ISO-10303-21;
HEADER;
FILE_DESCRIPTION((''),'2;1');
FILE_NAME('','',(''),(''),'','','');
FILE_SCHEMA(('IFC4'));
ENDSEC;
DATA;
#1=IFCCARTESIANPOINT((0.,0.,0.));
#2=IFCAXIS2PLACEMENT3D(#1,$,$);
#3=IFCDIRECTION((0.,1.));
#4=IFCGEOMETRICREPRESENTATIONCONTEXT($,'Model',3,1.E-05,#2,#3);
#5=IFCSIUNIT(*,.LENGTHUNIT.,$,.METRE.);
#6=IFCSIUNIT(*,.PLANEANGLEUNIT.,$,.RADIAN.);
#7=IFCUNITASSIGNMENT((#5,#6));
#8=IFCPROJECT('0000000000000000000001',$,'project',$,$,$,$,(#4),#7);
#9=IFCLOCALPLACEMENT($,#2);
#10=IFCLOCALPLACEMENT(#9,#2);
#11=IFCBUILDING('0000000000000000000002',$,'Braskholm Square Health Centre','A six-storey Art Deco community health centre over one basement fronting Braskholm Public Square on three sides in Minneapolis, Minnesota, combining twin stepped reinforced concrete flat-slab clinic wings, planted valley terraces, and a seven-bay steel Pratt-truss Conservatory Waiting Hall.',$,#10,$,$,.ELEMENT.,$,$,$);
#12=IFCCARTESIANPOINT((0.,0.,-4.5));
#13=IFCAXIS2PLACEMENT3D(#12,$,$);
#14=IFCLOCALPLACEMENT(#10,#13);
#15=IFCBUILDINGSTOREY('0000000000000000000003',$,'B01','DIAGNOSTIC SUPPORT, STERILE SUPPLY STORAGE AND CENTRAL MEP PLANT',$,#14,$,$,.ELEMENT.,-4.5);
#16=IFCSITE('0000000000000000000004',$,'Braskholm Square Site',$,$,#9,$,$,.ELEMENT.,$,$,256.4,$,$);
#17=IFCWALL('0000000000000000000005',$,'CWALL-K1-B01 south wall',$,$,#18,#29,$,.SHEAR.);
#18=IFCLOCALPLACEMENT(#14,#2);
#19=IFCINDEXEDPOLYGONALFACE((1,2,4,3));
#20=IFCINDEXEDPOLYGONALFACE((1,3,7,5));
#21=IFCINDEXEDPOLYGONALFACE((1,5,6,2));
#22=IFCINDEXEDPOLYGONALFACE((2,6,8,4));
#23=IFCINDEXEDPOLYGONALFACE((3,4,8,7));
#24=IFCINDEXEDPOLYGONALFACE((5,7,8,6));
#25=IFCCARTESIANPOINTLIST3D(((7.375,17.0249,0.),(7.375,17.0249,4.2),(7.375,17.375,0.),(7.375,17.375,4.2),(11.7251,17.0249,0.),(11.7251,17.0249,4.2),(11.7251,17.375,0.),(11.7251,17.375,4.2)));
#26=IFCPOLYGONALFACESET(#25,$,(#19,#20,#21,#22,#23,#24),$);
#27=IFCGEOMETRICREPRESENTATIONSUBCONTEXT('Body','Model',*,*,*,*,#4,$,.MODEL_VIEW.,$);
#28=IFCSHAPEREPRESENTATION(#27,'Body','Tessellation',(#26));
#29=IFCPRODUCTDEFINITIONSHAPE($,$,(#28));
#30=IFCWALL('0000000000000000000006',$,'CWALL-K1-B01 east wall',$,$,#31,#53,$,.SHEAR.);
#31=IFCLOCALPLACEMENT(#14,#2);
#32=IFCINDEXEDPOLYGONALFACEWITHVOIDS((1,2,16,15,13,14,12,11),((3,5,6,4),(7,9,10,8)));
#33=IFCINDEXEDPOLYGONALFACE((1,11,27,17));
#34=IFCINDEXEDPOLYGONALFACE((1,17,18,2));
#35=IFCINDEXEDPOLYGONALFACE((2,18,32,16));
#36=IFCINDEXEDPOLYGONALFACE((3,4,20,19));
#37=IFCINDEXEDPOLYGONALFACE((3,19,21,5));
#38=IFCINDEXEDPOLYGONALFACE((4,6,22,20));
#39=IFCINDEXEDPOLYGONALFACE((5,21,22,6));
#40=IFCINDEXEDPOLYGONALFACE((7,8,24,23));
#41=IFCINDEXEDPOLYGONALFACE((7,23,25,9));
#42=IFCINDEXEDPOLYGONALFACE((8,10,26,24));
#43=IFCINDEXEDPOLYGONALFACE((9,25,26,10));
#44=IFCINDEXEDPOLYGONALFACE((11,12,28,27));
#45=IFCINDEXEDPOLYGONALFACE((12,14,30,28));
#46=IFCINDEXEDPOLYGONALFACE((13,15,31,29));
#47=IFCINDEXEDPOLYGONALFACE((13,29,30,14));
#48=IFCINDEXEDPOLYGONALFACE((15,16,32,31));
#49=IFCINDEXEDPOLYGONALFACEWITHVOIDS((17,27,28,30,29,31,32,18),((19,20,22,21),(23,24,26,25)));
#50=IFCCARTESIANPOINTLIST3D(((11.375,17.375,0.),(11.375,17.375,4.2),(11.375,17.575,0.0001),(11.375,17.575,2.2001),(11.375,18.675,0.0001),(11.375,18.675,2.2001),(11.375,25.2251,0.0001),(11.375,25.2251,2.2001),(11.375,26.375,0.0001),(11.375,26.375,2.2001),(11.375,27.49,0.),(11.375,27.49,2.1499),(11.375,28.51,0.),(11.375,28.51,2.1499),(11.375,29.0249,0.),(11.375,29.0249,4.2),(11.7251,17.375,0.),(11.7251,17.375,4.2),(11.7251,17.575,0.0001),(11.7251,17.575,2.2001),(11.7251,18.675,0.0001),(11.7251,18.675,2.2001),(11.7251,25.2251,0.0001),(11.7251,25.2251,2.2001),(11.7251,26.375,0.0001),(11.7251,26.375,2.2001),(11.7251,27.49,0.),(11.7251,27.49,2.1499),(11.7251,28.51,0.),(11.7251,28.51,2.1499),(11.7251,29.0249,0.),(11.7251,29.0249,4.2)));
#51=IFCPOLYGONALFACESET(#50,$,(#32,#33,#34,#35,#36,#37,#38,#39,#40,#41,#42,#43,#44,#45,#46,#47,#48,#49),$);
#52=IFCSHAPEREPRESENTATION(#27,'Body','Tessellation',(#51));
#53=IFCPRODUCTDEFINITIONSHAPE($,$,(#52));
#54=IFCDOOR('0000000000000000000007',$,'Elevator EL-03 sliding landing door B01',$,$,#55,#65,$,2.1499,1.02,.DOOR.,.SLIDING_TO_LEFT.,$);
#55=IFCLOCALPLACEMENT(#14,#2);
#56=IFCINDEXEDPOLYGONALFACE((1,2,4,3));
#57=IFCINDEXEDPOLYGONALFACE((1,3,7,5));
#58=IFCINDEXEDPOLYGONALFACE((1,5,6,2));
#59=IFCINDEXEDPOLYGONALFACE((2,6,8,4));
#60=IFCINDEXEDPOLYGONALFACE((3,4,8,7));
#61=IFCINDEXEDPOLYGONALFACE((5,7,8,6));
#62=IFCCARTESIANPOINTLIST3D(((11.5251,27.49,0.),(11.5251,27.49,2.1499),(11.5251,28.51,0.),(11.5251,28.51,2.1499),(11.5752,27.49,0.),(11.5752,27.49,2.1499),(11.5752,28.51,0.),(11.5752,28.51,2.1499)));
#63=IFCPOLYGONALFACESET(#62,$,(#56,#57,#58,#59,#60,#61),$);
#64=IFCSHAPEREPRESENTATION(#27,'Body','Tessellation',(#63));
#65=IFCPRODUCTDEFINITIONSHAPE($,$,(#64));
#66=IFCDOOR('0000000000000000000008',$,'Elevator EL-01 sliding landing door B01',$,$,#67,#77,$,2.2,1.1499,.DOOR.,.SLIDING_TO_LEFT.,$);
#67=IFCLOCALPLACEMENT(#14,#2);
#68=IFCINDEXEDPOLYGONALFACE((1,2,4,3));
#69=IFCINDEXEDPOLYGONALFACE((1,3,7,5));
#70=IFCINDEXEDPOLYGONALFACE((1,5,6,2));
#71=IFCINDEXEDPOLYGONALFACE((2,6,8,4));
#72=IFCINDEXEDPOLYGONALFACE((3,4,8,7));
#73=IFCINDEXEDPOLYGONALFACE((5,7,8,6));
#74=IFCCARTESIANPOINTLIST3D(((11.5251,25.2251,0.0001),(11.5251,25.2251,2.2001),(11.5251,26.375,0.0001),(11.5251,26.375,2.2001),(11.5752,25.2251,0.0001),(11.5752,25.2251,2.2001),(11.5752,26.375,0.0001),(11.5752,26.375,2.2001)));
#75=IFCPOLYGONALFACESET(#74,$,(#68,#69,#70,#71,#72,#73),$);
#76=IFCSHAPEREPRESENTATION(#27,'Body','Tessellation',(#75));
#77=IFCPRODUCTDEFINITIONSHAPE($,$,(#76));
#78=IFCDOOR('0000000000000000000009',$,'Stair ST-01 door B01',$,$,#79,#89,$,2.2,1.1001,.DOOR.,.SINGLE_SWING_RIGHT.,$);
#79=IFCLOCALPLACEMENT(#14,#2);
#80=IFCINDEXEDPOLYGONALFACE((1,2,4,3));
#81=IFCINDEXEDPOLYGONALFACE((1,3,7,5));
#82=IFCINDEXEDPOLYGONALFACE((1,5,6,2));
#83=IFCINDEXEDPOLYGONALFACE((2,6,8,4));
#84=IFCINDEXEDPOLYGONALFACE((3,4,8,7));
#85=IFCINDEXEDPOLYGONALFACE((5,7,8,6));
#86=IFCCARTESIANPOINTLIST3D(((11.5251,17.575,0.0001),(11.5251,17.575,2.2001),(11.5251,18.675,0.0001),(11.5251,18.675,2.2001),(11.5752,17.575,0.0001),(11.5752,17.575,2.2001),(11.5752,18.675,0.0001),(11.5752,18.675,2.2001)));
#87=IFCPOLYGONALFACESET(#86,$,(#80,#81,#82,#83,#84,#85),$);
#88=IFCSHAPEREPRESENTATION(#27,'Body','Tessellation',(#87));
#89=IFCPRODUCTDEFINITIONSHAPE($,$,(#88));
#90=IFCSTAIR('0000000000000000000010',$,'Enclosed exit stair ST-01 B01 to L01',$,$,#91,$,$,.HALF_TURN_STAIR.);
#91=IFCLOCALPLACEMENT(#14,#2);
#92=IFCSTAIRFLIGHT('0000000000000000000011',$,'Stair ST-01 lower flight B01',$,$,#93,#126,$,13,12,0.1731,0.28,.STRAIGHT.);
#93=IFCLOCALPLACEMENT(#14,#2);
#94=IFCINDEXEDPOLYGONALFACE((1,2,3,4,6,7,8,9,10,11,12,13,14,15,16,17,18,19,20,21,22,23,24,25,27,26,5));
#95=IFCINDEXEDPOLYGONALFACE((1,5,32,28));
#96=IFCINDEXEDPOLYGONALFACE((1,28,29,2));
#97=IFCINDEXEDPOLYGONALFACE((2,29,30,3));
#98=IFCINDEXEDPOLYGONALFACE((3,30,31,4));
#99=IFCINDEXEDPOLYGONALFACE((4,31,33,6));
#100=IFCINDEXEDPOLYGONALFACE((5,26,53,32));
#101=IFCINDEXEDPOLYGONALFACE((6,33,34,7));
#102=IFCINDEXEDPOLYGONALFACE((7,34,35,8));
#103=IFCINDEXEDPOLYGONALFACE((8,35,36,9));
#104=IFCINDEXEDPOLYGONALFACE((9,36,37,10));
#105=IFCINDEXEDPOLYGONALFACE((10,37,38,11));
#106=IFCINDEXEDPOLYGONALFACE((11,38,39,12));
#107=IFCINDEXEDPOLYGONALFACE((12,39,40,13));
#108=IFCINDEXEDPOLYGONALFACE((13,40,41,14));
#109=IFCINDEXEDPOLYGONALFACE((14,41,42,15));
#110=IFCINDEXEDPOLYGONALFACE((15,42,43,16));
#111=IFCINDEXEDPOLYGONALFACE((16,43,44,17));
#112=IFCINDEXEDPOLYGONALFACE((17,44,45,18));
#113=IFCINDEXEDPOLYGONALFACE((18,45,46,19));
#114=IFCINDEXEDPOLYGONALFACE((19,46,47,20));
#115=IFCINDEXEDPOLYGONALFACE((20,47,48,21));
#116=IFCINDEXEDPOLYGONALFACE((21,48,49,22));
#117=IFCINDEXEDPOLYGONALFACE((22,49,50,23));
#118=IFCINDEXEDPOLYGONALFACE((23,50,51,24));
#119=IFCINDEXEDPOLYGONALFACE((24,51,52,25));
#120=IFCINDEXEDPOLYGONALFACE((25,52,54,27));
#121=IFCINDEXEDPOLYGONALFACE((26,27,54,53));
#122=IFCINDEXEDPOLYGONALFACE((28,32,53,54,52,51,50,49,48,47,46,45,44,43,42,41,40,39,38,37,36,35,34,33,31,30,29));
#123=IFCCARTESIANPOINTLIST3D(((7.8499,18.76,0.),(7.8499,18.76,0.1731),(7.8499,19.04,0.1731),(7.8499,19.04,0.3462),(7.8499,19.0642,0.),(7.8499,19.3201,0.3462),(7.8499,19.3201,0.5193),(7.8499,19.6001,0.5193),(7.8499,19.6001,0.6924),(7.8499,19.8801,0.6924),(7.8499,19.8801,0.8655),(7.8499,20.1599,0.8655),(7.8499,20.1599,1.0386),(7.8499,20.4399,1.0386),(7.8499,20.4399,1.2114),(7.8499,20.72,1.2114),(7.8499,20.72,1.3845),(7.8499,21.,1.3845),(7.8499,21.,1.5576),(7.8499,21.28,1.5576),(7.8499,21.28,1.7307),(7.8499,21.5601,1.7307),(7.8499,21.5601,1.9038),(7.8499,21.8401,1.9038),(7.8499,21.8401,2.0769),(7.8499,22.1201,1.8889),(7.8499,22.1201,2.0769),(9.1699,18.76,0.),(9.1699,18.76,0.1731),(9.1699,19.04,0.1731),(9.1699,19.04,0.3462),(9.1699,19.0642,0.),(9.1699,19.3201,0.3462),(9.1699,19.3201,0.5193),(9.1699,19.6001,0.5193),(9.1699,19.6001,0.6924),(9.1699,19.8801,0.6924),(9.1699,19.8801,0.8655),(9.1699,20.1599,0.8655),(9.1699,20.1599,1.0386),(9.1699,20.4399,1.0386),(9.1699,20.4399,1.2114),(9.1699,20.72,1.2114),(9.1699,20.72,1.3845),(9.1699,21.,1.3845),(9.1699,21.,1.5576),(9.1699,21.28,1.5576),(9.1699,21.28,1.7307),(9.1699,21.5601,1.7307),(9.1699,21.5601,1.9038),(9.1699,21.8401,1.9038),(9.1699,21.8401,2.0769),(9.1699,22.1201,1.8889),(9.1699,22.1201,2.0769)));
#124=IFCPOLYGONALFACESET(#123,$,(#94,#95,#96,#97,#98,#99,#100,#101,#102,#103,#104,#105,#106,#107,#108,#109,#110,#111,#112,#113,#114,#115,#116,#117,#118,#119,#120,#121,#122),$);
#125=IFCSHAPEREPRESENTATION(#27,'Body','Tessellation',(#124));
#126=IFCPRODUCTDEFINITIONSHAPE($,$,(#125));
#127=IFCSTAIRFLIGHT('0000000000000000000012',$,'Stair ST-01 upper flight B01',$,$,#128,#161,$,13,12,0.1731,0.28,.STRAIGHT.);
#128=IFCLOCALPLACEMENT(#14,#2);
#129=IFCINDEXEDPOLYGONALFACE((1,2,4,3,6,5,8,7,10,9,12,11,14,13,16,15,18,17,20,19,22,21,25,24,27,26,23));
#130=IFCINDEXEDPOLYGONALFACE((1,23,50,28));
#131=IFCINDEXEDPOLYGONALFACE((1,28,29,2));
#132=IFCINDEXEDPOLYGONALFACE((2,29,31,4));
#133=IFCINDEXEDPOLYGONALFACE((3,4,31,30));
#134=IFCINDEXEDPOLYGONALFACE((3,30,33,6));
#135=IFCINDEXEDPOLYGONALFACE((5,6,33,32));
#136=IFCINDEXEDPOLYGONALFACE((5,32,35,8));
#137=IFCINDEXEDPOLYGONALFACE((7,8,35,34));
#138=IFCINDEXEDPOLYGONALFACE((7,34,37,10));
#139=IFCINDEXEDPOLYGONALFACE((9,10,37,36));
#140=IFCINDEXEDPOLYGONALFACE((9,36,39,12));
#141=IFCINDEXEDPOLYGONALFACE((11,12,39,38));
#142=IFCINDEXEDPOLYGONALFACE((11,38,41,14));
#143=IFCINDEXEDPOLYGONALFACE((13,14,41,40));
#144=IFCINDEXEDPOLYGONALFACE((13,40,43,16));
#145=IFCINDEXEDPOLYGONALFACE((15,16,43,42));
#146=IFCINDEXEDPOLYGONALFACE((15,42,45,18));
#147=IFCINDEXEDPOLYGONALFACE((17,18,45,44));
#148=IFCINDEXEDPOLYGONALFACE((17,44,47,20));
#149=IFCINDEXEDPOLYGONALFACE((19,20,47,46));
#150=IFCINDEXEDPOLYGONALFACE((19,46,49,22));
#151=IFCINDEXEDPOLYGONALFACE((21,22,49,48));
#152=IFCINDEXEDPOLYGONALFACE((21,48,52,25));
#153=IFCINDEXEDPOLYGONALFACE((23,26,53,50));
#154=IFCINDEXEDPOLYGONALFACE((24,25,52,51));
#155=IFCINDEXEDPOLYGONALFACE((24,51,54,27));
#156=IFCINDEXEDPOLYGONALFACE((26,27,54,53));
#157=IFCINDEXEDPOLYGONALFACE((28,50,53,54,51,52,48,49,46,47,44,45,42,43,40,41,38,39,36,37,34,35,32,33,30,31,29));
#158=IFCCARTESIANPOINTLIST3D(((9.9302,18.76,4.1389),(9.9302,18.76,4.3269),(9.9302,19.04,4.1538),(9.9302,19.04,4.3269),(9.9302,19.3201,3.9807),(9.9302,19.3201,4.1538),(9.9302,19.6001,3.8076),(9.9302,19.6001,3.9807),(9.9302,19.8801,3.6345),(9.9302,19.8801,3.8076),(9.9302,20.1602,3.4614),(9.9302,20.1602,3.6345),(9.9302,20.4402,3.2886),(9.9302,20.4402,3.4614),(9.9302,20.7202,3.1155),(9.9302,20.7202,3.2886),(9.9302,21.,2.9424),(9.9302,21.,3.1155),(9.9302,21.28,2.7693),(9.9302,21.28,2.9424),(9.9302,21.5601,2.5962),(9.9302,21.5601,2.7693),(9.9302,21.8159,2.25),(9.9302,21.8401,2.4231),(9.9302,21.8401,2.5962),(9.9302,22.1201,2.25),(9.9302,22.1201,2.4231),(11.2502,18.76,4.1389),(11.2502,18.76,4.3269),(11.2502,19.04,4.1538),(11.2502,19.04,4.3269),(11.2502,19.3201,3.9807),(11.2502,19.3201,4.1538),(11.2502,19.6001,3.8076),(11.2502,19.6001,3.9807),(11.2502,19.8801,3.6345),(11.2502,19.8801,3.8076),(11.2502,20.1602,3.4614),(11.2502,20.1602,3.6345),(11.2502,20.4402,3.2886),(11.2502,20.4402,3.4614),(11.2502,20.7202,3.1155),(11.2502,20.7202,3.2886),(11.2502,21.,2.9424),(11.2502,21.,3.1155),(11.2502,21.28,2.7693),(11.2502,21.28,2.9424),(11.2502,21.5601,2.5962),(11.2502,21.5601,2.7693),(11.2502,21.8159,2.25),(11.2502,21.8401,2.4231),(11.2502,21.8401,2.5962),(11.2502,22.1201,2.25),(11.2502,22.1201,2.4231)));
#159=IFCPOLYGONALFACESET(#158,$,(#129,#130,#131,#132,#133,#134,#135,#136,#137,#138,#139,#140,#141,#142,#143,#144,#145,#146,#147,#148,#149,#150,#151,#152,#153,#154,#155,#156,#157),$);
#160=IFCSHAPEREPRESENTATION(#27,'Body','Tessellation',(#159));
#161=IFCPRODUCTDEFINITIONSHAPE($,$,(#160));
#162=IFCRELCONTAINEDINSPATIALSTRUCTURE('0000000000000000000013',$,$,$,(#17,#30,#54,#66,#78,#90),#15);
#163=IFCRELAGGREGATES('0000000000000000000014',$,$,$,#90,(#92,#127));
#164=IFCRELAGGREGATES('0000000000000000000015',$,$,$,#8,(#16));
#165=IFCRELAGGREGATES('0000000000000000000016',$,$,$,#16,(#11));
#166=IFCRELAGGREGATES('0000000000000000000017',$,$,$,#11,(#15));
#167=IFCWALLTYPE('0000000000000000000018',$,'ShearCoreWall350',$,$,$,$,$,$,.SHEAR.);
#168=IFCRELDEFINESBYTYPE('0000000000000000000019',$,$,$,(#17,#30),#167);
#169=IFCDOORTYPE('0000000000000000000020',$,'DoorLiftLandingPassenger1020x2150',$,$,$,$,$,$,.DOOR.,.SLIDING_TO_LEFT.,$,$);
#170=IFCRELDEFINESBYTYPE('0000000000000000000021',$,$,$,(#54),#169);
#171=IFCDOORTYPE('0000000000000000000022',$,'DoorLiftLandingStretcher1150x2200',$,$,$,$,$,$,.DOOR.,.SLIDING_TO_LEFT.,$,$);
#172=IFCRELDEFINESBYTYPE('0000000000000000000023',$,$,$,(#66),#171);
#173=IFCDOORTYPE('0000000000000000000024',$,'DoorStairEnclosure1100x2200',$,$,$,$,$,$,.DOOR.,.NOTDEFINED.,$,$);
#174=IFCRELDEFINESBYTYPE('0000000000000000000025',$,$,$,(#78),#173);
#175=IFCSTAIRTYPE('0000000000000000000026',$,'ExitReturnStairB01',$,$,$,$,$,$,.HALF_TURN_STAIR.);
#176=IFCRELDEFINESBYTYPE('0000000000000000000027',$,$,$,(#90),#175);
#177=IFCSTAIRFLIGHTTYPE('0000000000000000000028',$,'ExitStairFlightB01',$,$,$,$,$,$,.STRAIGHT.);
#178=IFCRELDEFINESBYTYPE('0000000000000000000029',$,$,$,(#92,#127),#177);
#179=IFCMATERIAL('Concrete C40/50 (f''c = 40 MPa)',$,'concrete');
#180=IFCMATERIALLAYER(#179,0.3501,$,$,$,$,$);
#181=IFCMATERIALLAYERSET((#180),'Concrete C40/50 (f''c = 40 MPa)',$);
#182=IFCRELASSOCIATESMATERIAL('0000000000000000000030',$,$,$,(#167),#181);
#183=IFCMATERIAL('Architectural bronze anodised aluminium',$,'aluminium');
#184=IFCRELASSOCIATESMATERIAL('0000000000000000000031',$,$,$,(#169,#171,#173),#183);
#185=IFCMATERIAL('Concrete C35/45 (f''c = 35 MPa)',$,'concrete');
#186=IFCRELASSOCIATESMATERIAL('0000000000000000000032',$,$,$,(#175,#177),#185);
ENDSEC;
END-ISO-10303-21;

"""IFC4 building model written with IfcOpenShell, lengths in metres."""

from ifc_helpers import new_model, si_unit, direction, frame, frame_2d, origin, origin_with_axes, place, context, subcontext, project, spatial, polyline, rectangle, outline, extrude, material, layer, layer_set, type_object, element, fill, aggregate, save


model = new_model("IFC4")

# Units and contexts
model_context = context("Model", 3, precision=1e-05, world=origin(), true_north=direction((0.0, 1.0)))
body_context = subcontext(model_context, "Body", "Model", "MODEL_VIEW")
ifc_project = project(units=[si_unit("LENGTHUNIT", "METRE"), si_unit("PLANEANGLEUNIT", "RADIAN")], contexts=[model_context])

# Site, building, storey
site_placement = place(None, origin())
site = spatial("IfcSite", under=ifc_project, at=site_placement, Name="Braskholm Square Site", CompositionType="ELEMENT", RefElevation=256.4)
building_placement = place(site_placement, origin())
building = spatial("IfcBuilding", under=site, at=building_placement, Name="Braskholm Square Health Centre", Description="A six-storey Art Deco community health centre over one basement fronting Braskholm Public Square on three sides in Minneapolis, Minnesota, combining twin stepped reinforced concrete flat-slab clinic wings, planted valley terraces, and a seven-bay steel Pratt-truss Conservatory Waiting Hall.", CompositionType="ELEMENT")
storey_placement = place(building_placement, frame((0.0, 0.0, -4.5)))
storey = spatial("IfcBuildingStorey", under=building, at=storey_placement, Name="B01", Description="DIAGNOSTIC SUPPORT, STERILE SUPPLY STORAGE AND CENTRAL MEP PLANT", CompositionType="ELEMENT", Elevation=-4.5)

# Shared definitions
ifc_material_1 = material(Name="Concrete C40/50 (f'c = 40 MPa)", Category="concrete")

# Wall
ifc_layer_1 = layer(ifc_material_1, 0.3501)
ifc_layer_set_1 = layer_set([ifc_layer_1], Name="Concrete C40/50 (f'c = 40 MPa)")
wall_type_1 = type_object("IfcWallType", Name="ShearCoreWall350", PredefinedType="SHEAR", material=ifc_layer_set_1)
wall_1_placement = place(storey_placement, frame((7.375, 17.2, 0.0), z_axis=(0.0, 0.0, 1.0), x_axis=(1.0, 0.0, 0.0)))
element("IfcWall", 1, at=wall_1_placement, inside=storey, type_object=wall_type_1, Name="CWALL-K1-B01 south wall", PredefinedType="SHEAR", context=body_context, shape_type="SweptSolid", body=[
    extrude(rectangle(XDim=4.3501, YDim=0.3501, at=frame_2d((2.175, 0.0))), origin(), (0.0, 0.0, 1.0), 4.2),
])

# Wall, openings, doors
wall_2_placement = place(storey_placement, frame((11.55, 17.375, 0.0), z_axis=(0.0, 0.0, 1.0), x_axis=(0.0, 1.0, 0.0)))
wall_2 = element("IfcWall", 2, at=wall_2_placement, inside=storey, type_object=wall_type_1, Name="CWALL-K1-B01 east wall", PredefinedType="SHEAR", context=body_context, shape_type="SweptSolid", body=[
    extrude(rectangle(XDim=11.6499, YDim=0.3501, at=frame_2d((5.825, 0.0))), origin(), (0.0, 0.0, 1.0), 4.2),
])
opening_1_placement = place(wall_2_placement, frame((0.2, 0.0, 0.0)))
opening_1 = element("IfcOpeningElement", 3, at=opening_1_placement, cuts=wall_2, PredefinedType="OPENING", context=body_context, shape_type="SweptSolid", body=[
    extrude(rectangle(XDim=1.1001, YDim=2.2, at=frame_2d((0.55, 1.1001))), frame((0.0, 0.1851, 0.0), z_axis=(0.0, -1.0, 0.0), x_axis=(1.0, 0.0, 0.0)), (0.0, 0.0, 1.0), 0.3701),
])
opening_2_placement = place(wall_2_placement, frame((7.8501, 0.0, 0.0)))
opening_2 = element("IfcOpeningElement", 4, at=opening_2_placement, cuts=wall_2, PredefinedType="OPENING", context=body_context, shape_type="SweptSolid", body=[
    extrude(rectangle(XDim=1.1499, YDim=2.2, at=frame_2d((0.575, 1.1001))), frame((0.0, 0.1851, 0.0), z_axis=(0.0, -1.0, 0.0), x_axis=(1.0, 0.0, 0.0)), (0.0, 0.0, 1.0), 0.3701),
])
opening_3_placement = place(wall_2_placement, frame((10.115, 0.0, 0.0)))
opening_3 = element("IfcOpeningElement", 5, at=opening_3_placement, cuts=wall_2, PredefinedType="OPENING", context=body_context, shape_type="SweptSolid", body=[
    extrude(rectangle(XDim=1.02, YDim=2.1499, at=frame_2d((0.51, 1.075))), frame((0.0, 0.1851, 0.0), z_axis=(0.0, -1.0, 0.0), x_axis=(1.0, 0.0, 0.0)), (0.0, 0.0, 1.0), 0.3701),
])
ifc_material_2 = material(Name="Architectural bronze anodised aluminium", Category="aluminium")
door_type_1 = type_object("IfcDoorType", Name="DoorLiftLandingPassenger1020x2150", OperationType="SLIDING_TO_LEFT", PredefinedType="DOOR", material=ifc_material_2)
door_1_placement = place(opening_3_placement, origin_with_axes())
door_1 = element("IfcDoor", 6, at=door_1_placement, inside=storey, type_object=door_type_1, Name="Elevator EL-03 sliding landing door B01", OperationType="SLIDING_TO_LEFT", OverallHeight=2.1499, OverallWidth=1.02, PredefinedType="DOOR", context=body_context, shape_type="SweptSolid", body=[
    extrude(rectangle(XDim=1.02, YDim=2.1499, at=frame_2d((0.51, 1.075))), frame((0.0, 0.0249, 0.0), z_axis=(0.0, -1.0, 0.0), x_axis=(1.0, 0.0, 0.0)), (0.0, 0.0, 1.0), 0.05),
])
fill(opening_3, door_1)
door_type_2 = type_object("IfcDoorType", Name="DoorLiftLandingStretcher1150x2200", OperationType="SLIDING_TO_LEFT", PredefinedType="DOOR", material=ifc_material_2)
door_2_placement = place(opening_2_placement, origin_with_axes())
door_2 = element("IfcDoor", 7, at=door_2_placement, inside=storey, type_object=door_type_2, Name="Elevator EL-01 sliding landing door B01", OperationType="SLIDING_TO_LEFT", OverallHeight=2.2, OverallWidth=1.1499, PredefinedType="DOOR", context=body_context, shape_type="SweptSolid", body=[
    extrude(rectangle(XDim=1.1499, YDim=2.2, at=frame_2d((0.575, 1.1001))), frame((0.0, 0.0249, 0.0), z_axis=(0.0, -1.0, 0.0), x_axis=(1.0, 0.0, 0.0)), (0.0, 0.0, 1.0), 0.05),
])
fill(opening_2, door_2)
door_type_3 = type_object("IfcDoorType", Name="DoorStairEnclosure1100x2200", OperationType="NOTDEFINED", PredefinedType="DOOR", material=ifc_material_2)
door_3_placement = place(opening_1_placement, origin_with_axes())
door_3 = element("IfcDoor", 8, at=door_3_placement, inside=storey, type_object=door_type_3, Name="Stair ST-01 door B01", OperationType="SINGLE_SWING_RIGHT", OverallHeight=2.2, OverallWidth=1.1001, PredefinedType="DOOR", context=body_context, shape_type="SweptSolid", body=[
    extrude(rectangle(XDim=1.1001, YDim=2.2, at=frame_2d((0.55, 1.1001))), frame((0.0, 0.0249, 0.0), z_axis=(0.0, -1.0, 0.0), x_axis=(1.0, 0.0, 0.0)), (0.0, 0.0, 1.0), 0.05),
])
fill(opening_1, door_3)

# Stair, stair flights
ifc_material_3 = material(Name="Concrete C35/45 (f'c = 35 MPa)", Category="concrete")
stair_type = type_object("IfcStairType", Name="ExitReturnStairB01", PredefinedType="HALF_TURN_STAIR", material=ifc_material_3)
stair_placement = place(storey_placement, origin())
stair = element("IfcStair", 9, at=stair_placement, inside=storey, type_object=stair_type, Name="Enclosed exit stair ST-01 B01 to L01", PredefinedType="HALF_TURN_STAIR")
stair_flight_type = type_object("IfcStairFlightType", Name="ExitStairFlightB01", PredefinedType="STRAIGHT", material=ifc_material_3)
stair_flight_1_placement = place(storey_placement, frame((8.51, 18.76, 0.0), z_axis=(0.0, 0.0, 1.0), x_axis=(0.0, 1.0, 0.0)))
stair_flight_1 = element("IfcStairFlight", 10, at=stair_flight_1_placement, type_object=stair_flight_type, Name="Stair ST-01 lower flight B01", NumberOfRisers=13, NumberOfTreads=12, PredefinedType="STRAIGHT", RiserHeight=0.1731, TreadLength=0.28, context=body_context, shape_type="SweptSolid", body=[
    extrude(outline(polyline([(0.0, 0.0), (0.0, 0.1731), (0.28, 0.1731), (0.28, 0.3462), (0.5601, 0.3462), (0.5601, 0.5193), (0.8401, 0.5193), (0.8401, 0.6924), (1.1201, 0.6924), (1.1201, 0.8655), (1.3999, 0.8655), (1.3999, 1.0386), (1.6799, 1.0386), (1.6799, 1.2114), (1.96, 1.2114), (1.96, 1.3845), (2.24, 1.3845), (2.24, 1.5576), (2.52, 1.5576), (2.52, 1.7307), (2.8, 1.7307), (2.8, 1.9038), (3.0801, 1.9038), (3.0801, 2.0769), (3.3601, 2.0769), (3.3601, 2.25), (3.3601, 1.8889), (0.3042, 0.0), (0.0, 0.0)])), frame((0.0, 0.6602, 0.0), z_axis=(0.0, -1.0, 0.0), x_axis=(1.0, 0.0, 0.0)), (0.0, 0.0, 1.0), 1.3201),
])
stair_flight_2_placement = place(storey_placement, frame((10.5901, 22.1201, 2.25), z_axis=(0.0, 0.0, 1.0), x_axis=(0.0, -1.0, 0.0)))
stair_flight_2 = element("IfcStairFlight", 11, at=stair_flight_2_placement, type_object=stair_flight_type, Name="Stair ST-01 upper flight B01", NumberOfRisers=13, NumberOfTreads=12, PredefinedType="STRAIGHT", RiserHeight=0.1731, TreadLength=0.28, context=body_context, shape_type="SweptSolid", body=[
    extrude(outline(polyline([(0.0, 0.0), (0.0, 0.1731), (0.28, 0.1731), (0.28, 0.3462), (0.5601, 0.3462), (0.5601, 0.5193), (0.8401, 0.5193), (0.8401, 0.6924), (1.1201, 0.6924), (1.1201, 0.8655), (1.3999, 0.8655), (1.3999, 1.0386), (1.6799, 1.0386), (1.6799, 1.2114), (1.96, 1.2114), (1.96, 1.3845), (2.24, 1.3845), (2.24, 1.5576), (2.52, 1.5576), (2.52, 1.7307), (2.8, 1.7307), (2.8, 1.9038), (3.0801, 1.9038), (3.0801, 2.0769), (3.3601, 2.0769), (3.3601, 2.25), (3.3601, 1.8889), (0.3042, 0.0), (0.0, 0.0)])), frame((0.0, 0.6602, 0.0), z_axis=(0.0, -1.0, 0.0), x_axis=(1.0, 0.0, 0.0)), (0.0, 0.0, 1.0), 1.3201),
])
aggregate(stair, [stair_flight_1, stair_flight_2])

save(model, "model.ifc")
